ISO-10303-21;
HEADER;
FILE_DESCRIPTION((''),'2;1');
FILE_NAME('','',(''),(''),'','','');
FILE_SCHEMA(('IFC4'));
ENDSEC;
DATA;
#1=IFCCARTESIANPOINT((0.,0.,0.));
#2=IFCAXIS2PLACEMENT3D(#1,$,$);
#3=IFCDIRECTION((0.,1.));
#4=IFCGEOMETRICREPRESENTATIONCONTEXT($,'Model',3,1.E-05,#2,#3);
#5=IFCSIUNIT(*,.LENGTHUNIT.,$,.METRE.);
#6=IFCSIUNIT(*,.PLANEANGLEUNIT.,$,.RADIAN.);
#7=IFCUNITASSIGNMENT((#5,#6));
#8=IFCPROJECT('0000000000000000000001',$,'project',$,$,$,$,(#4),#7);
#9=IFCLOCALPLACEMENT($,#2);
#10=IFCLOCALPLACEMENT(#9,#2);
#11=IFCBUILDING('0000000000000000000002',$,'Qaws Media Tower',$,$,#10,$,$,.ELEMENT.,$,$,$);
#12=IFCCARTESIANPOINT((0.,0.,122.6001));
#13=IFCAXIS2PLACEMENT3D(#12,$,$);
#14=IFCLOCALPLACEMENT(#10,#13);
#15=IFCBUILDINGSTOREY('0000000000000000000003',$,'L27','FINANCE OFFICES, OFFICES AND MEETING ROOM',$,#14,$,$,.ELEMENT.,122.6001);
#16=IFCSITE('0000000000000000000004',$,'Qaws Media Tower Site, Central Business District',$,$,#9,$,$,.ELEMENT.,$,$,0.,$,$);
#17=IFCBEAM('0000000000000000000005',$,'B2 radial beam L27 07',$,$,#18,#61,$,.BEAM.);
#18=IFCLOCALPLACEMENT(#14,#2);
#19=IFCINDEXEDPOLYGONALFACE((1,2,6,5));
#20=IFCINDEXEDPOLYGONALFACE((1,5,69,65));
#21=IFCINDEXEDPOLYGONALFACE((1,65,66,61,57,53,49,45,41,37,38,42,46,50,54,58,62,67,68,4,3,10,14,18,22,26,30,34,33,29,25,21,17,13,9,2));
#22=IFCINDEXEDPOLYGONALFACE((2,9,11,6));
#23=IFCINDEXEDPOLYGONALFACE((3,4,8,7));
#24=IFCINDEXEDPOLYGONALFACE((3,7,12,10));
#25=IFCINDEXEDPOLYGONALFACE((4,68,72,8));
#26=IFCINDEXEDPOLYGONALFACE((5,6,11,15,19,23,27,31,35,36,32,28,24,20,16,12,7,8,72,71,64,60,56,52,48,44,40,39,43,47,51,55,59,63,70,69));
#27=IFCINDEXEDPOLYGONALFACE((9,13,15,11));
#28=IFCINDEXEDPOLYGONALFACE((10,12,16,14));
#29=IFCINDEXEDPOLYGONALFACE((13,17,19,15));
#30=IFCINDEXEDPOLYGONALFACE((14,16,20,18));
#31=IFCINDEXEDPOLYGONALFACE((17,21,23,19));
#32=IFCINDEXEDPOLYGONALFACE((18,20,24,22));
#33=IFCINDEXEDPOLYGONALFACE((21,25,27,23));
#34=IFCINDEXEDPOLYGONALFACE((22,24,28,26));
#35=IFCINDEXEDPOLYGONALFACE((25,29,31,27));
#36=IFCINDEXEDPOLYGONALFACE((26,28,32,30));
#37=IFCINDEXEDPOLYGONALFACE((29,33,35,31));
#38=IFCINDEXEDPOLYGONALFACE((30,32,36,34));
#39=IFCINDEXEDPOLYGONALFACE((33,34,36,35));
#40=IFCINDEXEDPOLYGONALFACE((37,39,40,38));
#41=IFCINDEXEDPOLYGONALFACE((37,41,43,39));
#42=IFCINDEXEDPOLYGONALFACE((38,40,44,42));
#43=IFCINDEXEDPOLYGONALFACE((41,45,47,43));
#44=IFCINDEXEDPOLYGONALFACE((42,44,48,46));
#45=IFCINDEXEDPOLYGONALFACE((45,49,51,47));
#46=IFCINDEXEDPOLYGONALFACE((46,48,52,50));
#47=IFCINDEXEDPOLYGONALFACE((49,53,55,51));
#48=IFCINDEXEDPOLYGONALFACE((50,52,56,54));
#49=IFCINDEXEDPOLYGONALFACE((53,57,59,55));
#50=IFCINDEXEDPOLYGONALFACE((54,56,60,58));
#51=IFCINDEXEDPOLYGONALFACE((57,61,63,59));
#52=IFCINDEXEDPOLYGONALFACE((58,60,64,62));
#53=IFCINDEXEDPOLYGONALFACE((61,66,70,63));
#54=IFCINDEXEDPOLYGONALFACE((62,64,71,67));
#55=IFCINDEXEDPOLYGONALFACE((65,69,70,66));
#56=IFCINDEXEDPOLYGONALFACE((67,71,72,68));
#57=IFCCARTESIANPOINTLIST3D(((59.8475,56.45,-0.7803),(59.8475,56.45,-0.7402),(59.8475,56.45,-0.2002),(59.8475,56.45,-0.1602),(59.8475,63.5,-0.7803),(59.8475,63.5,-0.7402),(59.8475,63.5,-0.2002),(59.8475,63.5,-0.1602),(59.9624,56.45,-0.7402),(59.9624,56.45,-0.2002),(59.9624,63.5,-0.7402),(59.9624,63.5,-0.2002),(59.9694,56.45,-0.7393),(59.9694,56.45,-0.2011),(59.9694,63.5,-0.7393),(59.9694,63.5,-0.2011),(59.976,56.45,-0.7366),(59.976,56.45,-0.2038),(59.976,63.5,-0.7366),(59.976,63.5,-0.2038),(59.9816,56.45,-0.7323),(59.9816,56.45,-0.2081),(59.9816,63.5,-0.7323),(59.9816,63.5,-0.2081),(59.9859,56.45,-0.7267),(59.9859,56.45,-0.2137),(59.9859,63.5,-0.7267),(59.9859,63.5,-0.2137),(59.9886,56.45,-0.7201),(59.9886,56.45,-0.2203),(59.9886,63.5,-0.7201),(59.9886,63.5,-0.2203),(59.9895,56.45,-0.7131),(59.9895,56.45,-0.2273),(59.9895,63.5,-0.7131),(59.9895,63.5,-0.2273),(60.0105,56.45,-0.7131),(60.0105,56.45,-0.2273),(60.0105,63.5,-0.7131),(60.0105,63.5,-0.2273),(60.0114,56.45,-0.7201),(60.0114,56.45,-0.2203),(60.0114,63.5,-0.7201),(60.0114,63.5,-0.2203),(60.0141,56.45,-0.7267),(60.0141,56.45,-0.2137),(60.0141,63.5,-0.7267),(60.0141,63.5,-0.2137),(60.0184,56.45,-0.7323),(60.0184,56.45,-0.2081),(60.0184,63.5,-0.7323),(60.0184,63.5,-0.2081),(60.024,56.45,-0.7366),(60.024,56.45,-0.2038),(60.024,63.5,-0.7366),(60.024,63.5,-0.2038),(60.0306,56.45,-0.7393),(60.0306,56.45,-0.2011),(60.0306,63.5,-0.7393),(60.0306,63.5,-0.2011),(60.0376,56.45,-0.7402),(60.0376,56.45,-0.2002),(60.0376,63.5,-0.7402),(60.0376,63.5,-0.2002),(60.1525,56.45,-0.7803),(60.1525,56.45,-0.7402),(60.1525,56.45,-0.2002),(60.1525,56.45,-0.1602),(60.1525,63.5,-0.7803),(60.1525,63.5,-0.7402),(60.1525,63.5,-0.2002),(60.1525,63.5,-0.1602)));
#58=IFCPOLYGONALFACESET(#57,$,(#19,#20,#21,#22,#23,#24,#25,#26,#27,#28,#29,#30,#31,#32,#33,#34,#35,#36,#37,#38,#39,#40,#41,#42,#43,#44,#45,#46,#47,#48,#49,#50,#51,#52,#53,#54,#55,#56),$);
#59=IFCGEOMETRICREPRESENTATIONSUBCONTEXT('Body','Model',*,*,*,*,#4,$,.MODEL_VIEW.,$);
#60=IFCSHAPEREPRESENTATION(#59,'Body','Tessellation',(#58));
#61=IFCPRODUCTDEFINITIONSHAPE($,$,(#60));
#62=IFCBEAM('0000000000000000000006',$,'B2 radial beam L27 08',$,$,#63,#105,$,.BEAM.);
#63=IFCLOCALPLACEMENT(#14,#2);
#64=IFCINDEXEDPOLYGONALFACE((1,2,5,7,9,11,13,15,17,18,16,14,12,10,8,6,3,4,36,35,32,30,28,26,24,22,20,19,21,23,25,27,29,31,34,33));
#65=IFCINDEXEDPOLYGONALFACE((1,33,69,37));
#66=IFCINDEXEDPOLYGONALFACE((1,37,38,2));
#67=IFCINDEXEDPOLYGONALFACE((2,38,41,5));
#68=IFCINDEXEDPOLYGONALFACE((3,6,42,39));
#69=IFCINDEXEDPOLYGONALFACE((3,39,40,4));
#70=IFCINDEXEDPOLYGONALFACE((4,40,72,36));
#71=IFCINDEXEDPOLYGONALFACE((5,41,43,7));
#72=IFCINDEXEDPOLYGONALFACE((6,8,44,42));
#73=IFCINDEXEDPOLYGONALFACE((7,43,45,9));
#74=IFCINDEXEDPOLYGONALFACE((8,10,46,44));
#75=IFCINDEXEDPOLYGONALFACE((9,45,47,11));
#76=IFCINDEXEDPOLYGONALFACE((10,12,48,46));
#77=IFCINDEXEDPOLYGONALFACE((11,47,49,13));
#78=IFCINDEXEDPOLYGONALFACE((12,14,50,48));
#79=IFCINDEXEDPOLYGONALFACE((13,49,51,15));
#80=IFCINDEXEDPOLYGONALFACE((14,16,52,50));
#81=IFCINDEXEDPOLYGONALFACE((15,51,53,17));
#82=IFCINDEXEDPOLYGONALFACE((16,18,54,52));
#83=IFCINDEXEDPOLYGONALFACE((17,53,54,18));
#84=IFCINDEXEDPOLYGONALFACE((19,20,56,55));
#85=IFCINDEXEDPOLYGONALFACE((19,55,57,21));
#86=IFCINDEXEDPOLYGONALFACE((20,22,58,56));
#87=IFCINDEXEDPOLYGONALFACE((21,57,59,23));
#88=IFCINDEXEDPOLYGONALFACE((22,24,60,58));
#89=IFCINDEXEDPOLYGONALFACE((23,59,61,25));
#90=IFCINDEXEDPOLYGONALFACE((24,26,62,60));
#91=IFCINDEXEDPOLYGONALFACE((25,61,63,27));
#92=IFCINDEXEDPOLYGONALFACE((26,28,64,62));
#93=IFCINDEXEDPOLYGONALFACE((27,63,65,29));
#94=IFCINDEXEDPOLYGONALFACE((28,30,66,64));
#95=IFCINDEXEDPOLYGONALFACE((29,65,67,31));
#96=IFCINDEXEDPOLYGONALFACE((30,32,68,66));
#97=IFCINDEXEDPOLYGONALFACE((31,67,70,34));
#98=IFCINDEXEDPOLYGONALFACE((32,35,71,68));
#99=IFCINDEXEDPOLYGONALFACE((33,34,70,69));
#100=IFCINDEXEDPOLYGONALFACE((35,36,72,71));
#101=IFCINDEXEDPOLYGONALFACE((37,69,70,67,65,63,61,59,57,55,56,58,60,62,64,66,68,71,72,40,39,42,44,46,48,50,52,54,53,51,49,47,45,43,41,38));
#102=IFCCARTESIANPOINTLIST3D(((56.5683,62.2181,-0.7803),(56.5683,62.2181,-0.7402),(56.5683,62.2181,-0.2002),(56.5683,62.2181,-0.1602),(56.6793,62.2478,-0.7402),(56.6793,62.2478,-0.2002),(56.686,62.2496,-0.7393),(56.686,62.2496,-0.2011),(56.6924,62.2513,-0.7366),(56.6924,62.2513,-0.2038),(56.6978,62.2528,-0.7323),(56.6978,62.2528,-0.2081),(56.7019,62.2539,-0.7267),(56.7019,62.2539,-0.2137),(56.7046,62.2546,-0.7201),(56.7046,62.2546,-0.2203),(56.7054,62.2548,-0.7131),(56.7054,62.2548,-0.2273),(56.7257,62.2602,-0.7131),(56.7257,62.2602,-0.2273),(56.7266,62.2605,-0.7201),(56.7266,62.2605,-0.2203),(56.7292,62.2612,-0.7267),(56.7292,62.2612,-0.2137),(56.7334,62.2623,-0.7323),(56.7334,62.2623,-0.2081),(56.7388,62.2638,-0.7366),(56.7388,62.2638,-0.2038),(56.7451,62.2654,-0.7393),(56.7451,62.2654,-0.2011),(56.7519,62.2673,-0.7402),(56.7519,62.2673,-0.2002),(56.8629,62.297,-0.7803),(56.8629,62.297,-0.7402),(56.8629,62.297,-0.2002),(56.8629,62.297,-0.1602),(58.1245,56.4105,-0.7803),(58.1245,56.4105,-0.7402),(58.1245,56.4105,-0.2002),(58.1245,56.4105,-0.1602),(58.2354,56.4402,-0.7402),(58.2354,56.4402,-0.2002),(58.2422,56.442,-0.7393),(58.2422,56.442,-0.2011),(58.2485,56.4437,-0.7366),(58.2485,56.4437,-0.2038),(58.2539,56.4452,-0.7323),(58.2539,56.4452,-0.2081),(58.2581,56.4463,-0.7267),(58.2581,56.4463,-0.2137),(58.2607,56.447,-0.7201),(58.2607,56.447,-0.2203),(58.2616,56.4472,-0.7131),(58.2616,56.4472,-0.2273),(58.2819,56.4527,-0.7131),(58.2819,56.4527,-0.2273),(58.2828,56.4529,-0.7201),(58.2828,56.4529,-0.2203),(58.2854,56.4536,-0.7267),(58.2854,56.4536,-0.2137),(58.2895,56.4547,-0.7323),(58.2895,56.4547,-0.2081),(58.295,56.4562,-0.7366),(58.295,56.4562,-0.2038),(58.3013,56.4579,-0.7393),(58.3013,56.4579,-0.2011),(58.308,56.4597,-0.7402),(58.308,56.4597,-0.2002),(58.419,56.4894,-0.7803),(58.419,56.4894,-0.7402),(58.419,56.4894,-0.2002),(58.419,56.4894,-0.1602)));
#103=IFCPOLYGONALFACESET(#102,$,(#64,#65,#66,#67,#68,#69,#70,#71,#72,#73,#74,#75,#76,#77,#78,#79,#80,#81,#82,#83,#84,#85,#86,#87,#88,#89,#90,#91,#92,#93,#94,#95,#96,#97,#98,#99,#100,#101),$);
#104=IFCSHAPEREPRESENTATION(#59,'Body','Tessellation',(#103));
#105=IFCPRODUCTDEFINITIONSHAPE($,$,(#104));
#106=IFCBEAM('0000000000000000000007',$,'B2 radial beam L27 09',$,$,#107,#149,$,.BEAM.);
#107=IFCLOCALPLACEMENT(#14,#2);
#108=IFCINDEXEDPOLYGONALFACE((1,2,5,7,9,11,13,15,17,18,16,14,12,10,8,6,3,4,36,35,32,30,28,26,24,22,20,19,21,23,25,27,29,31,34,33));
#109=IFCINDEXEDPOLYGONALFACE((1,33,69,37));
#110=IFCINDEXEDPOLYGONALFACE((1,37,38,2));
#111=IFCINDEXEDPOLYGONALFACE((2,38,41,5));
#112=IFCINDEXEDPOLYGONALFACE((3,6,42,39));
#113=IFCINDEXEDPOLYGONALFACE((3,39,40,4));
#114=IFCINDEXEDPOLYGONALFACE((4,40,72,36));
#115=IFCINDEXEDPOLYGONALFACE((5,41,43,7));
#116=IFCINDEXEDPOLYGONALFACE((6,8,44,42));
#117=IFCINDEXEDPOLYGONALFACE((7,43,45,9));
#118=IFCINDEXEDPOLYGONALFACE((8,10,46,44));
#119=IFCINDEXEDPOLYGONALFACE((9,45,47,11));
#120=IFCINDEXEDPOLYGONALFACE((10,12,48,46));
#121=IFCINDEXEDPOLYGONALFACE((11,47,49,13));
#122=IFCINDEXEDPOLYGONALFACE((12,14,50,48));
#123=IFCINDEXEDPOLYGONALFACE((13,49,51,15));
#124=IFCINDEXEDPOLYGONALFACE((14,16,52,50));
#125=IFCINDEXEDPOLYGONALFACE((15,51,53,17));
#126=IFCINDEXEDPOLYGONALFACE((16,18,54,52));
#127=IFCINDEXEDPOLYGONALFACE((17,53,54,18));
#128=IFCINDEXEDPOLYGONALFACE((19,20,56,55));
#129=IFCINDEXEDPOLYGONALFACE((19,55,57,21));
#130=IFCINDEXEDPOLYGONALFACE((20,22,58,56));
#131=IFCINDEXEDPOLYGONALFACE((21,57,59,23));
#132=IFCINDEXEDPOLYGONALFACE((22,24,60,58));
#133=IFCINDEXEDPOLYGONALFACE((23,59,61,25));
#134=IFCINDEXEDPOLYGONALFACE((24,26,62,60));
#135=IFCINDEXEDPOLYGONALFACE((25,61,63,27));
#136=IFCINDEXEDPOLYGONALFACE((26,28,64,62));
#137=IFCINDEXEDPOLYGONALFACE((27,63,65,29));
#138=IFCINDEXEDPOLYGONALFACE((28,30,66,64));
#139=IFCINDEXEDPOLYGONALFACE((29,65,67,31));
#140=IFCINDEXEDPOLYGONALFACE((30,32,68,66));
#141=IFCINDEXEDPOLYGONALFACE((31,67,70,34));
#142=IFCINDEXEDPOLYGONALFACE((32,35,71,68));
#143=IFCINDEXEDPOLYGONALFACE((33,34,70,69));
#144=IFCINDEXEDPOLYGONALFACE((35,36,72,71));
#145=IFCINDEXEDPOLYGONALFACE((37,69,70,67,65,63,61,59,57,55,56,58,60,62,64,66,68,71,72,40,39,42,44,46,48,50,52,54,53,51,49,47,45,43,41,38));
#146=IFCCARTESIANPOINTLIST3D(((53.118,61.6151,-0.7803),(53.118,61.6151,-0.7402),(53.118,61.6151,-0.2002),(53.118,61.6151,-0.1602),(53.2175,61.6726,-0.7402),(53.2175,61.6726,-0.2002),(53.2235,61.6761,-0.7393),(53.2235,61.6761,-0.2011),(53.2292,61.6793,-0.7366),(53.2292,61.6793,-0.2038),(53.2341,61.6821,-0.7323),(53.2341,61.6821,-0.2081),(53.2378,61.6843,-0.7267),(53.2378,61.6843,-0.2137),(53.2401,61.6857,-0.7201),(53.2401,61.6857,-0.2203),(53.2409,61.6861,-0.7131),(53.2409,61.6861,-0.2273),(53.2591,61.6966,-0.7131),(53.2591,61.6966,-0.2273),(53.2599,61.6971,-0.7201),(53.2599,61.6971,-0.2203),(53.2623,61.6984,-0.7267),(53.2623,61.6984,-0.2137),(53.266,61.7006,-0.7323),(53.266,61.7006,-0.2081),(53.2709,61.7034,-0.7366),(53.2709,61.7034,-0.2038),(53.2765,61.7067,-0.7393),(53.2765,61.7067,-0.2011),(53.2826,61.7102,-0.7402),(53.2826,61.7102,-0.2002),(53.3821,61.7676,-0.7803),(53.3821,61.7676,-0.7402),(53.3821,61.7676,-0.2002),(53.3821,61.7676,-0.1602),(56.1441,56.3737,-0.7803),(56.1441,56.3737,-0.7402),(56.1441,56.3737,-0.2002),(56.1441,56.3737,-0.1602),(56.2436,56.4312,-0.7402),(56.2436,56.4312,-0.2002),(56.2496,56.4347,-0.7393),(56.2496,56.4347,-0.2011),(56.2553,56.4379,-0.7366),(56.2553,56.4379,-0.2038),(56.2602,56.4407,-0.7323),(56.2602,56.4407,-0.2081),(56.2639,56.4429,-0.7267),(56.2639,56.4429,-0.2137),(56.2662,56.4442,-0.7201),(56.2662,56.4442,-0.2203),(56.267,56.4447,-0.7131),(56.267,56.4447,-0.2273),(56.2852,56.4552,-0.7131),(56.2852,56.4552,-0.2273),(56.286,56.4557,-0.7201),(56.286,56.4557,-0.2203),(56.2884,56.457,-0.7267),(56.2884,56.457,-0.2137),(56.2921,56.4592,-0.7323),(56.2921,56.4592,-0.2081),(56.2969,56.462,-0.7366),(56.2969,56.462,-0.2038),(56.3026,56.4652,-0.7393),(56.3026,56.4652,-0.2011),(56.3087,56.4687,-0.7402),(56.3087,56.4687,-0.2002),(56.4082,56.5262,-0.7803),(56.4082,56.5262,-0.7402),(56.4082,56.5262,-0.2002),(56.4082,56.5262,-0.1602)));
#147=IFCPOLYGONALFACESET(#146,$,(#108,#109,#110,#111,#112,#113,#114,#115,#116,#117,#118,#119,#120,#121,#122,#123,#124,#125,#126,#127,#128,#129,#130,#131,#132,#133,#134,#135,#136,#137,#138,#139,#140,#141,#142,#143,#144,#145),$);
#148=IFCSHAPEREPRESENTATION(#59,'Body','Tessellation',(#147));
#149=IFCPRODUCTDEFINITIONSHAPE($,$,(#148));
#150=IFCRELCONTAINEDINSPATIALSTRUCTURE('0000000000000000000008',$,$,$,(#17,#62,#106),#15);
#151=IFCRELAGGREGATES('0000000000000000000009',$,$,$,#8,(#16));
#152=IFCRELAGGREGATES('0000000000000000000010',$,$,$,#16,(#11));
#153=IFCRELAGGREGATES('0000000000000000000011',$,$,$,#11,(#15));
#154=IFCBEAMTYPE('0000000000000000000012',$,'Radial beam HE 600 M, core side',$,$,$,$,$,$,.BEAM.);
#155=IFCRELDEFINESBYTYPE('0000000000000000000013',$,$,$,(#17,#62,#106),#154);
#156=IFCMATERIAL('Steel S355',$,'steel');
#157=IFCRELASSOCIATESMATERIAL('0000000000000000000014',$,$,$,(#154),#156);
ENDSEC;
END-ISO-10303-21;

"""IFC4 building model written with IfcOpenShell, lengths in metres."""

from ifc_helpers import new_model, si_unit, direction, frame, origin, origin_2d, place, context, subcontext, project, spatial, i_section, extrude, material, material_profile, profile_set, type_object, element, save


model = new_model("IFC4")

# Units and contexts
model_context = context("Model", 3, precision=1e-05, world=origin(), true_north=direction((0.0, 1.0)))
body_context = subcontext(model_context, "Body", "Model", "MODEL_VIEW")
ifc_project = project(units=[si_unit("LENGTHUNIT", "METRE"), si_unit("PLANEANGLEUNIT", "RADIAN")], contexts=[model_context])

# Site, building, storey
site_placement = place(None, origin())
site = spatial("IfcSite", under=ifc_project, at=site_placement, Name="Qaws Media Tower Site, Central Business District", CompositionType="ELEMENT", RefElevation=0.0)
building_placement = place(site_placement, origin())
building = spatial("IfcBuilding", under=site, at=building_placement, Name="Qaws Media Tower", CompositionType="ELEMENT")
storey_placement = place(building_placement, frame((0.0, 0.0, 122.6001)))
storey = spatial("IfcBuildingStorey", under=building, at=storey_placement, Name="L27", Description="FINANCE OFFICES, OFFICES AND MEETING ROOM", CompositionType="ELEMENT", Elevation=122.6001)

# Beams
ifc_material_1 = material(Name="Steel S355", Category="steel")
ifc_material_profile = material_profile(ifc_material_1, i_section(OverallWidth=0.3049, OverallDepth=0.6201, WebThickness=0.021, FlangeThickness=0.04, FilletRadius=0.0271, at=origin_2d()), Name="HE 600 M")
ifc_profile_set = profile_set([ifc_material_profile], Name="Steel S355")
beam_type = type_object("IfcBeamType", Name="Radial beam HE 600 M, core side", PredefinedType="BEAM", material=ifc_profile_set)
beam_1_placement = place(storey_placement, frame((60.0, 56.45, -0.4702), z_axis=(0.0, 1.0, 0.0), x_axis=(-1.0, 0.0, 0.0)))
element("IfcBeam", 1, at=beam_1_placement, inside=storey, type_object=beam_type, Name="B2 radial beam L27 07", PredefinedType="BEAM", context=body_context, shape_type="SweptSolid", body=[
    extrude(i_section(OverallWidth=0.3049, OverallDepth=0.6201, WebThickness=0.021, FlangeThickness=0.04, FilletRadius=0.0271, at=origin_2d()), origin(), (0.0, 0.0, 1.0), 7.05),
])
beam_2_placement = place(storey_placement, frame((58.2717, 56.45, -0.4702), z_axis=(-0.25882, 0.965926, 0.0), x_axis=(-0.965926, -0.25882, 0.0)))
element("IfcBeam", 2, at=beam_2_placement, inside=storey, type_object=beam_type, Name="B2 radial beam L27 08", PredefinedType="BEAM", context=body_context, shape_type="SweptSolid", body=[
    extrude(i_section(OverallWidth=0.3049, OverallDepth=0.6201, WebThickness=0.021, FlangeThickness=0.04, FilletRadius=0.0271, at=origin_2d()), origin(), (0.0, 0.0, 1.0), 6.0125),
])
beam_3_placement = place(storey_placement, frame((56.2761, 56.45, -0.4702), z_axis=(-0.499996, 0.866028, 0.0), x_axis=(-0.866028, -0.499996, 0.0)))
element("IfcBeam", 3, at=beam_3_placement, inside=storey, type_object=beam_type, Name="B2 radial beam L27 09", PredefinedType="BEAM", context=body_context, shape_type="SweptSolid", body=[
    extrude(i_section(OverallWidth=0.3049, OverallDepth=0.6201, WebThickness=0.021, FlangeThickness=0.04, FilletRadius=0.0271, at=origin_2d()), origin(), (0.0, 0.0, 1.0), 6.0522),
])

save(model, "model.ifc")
